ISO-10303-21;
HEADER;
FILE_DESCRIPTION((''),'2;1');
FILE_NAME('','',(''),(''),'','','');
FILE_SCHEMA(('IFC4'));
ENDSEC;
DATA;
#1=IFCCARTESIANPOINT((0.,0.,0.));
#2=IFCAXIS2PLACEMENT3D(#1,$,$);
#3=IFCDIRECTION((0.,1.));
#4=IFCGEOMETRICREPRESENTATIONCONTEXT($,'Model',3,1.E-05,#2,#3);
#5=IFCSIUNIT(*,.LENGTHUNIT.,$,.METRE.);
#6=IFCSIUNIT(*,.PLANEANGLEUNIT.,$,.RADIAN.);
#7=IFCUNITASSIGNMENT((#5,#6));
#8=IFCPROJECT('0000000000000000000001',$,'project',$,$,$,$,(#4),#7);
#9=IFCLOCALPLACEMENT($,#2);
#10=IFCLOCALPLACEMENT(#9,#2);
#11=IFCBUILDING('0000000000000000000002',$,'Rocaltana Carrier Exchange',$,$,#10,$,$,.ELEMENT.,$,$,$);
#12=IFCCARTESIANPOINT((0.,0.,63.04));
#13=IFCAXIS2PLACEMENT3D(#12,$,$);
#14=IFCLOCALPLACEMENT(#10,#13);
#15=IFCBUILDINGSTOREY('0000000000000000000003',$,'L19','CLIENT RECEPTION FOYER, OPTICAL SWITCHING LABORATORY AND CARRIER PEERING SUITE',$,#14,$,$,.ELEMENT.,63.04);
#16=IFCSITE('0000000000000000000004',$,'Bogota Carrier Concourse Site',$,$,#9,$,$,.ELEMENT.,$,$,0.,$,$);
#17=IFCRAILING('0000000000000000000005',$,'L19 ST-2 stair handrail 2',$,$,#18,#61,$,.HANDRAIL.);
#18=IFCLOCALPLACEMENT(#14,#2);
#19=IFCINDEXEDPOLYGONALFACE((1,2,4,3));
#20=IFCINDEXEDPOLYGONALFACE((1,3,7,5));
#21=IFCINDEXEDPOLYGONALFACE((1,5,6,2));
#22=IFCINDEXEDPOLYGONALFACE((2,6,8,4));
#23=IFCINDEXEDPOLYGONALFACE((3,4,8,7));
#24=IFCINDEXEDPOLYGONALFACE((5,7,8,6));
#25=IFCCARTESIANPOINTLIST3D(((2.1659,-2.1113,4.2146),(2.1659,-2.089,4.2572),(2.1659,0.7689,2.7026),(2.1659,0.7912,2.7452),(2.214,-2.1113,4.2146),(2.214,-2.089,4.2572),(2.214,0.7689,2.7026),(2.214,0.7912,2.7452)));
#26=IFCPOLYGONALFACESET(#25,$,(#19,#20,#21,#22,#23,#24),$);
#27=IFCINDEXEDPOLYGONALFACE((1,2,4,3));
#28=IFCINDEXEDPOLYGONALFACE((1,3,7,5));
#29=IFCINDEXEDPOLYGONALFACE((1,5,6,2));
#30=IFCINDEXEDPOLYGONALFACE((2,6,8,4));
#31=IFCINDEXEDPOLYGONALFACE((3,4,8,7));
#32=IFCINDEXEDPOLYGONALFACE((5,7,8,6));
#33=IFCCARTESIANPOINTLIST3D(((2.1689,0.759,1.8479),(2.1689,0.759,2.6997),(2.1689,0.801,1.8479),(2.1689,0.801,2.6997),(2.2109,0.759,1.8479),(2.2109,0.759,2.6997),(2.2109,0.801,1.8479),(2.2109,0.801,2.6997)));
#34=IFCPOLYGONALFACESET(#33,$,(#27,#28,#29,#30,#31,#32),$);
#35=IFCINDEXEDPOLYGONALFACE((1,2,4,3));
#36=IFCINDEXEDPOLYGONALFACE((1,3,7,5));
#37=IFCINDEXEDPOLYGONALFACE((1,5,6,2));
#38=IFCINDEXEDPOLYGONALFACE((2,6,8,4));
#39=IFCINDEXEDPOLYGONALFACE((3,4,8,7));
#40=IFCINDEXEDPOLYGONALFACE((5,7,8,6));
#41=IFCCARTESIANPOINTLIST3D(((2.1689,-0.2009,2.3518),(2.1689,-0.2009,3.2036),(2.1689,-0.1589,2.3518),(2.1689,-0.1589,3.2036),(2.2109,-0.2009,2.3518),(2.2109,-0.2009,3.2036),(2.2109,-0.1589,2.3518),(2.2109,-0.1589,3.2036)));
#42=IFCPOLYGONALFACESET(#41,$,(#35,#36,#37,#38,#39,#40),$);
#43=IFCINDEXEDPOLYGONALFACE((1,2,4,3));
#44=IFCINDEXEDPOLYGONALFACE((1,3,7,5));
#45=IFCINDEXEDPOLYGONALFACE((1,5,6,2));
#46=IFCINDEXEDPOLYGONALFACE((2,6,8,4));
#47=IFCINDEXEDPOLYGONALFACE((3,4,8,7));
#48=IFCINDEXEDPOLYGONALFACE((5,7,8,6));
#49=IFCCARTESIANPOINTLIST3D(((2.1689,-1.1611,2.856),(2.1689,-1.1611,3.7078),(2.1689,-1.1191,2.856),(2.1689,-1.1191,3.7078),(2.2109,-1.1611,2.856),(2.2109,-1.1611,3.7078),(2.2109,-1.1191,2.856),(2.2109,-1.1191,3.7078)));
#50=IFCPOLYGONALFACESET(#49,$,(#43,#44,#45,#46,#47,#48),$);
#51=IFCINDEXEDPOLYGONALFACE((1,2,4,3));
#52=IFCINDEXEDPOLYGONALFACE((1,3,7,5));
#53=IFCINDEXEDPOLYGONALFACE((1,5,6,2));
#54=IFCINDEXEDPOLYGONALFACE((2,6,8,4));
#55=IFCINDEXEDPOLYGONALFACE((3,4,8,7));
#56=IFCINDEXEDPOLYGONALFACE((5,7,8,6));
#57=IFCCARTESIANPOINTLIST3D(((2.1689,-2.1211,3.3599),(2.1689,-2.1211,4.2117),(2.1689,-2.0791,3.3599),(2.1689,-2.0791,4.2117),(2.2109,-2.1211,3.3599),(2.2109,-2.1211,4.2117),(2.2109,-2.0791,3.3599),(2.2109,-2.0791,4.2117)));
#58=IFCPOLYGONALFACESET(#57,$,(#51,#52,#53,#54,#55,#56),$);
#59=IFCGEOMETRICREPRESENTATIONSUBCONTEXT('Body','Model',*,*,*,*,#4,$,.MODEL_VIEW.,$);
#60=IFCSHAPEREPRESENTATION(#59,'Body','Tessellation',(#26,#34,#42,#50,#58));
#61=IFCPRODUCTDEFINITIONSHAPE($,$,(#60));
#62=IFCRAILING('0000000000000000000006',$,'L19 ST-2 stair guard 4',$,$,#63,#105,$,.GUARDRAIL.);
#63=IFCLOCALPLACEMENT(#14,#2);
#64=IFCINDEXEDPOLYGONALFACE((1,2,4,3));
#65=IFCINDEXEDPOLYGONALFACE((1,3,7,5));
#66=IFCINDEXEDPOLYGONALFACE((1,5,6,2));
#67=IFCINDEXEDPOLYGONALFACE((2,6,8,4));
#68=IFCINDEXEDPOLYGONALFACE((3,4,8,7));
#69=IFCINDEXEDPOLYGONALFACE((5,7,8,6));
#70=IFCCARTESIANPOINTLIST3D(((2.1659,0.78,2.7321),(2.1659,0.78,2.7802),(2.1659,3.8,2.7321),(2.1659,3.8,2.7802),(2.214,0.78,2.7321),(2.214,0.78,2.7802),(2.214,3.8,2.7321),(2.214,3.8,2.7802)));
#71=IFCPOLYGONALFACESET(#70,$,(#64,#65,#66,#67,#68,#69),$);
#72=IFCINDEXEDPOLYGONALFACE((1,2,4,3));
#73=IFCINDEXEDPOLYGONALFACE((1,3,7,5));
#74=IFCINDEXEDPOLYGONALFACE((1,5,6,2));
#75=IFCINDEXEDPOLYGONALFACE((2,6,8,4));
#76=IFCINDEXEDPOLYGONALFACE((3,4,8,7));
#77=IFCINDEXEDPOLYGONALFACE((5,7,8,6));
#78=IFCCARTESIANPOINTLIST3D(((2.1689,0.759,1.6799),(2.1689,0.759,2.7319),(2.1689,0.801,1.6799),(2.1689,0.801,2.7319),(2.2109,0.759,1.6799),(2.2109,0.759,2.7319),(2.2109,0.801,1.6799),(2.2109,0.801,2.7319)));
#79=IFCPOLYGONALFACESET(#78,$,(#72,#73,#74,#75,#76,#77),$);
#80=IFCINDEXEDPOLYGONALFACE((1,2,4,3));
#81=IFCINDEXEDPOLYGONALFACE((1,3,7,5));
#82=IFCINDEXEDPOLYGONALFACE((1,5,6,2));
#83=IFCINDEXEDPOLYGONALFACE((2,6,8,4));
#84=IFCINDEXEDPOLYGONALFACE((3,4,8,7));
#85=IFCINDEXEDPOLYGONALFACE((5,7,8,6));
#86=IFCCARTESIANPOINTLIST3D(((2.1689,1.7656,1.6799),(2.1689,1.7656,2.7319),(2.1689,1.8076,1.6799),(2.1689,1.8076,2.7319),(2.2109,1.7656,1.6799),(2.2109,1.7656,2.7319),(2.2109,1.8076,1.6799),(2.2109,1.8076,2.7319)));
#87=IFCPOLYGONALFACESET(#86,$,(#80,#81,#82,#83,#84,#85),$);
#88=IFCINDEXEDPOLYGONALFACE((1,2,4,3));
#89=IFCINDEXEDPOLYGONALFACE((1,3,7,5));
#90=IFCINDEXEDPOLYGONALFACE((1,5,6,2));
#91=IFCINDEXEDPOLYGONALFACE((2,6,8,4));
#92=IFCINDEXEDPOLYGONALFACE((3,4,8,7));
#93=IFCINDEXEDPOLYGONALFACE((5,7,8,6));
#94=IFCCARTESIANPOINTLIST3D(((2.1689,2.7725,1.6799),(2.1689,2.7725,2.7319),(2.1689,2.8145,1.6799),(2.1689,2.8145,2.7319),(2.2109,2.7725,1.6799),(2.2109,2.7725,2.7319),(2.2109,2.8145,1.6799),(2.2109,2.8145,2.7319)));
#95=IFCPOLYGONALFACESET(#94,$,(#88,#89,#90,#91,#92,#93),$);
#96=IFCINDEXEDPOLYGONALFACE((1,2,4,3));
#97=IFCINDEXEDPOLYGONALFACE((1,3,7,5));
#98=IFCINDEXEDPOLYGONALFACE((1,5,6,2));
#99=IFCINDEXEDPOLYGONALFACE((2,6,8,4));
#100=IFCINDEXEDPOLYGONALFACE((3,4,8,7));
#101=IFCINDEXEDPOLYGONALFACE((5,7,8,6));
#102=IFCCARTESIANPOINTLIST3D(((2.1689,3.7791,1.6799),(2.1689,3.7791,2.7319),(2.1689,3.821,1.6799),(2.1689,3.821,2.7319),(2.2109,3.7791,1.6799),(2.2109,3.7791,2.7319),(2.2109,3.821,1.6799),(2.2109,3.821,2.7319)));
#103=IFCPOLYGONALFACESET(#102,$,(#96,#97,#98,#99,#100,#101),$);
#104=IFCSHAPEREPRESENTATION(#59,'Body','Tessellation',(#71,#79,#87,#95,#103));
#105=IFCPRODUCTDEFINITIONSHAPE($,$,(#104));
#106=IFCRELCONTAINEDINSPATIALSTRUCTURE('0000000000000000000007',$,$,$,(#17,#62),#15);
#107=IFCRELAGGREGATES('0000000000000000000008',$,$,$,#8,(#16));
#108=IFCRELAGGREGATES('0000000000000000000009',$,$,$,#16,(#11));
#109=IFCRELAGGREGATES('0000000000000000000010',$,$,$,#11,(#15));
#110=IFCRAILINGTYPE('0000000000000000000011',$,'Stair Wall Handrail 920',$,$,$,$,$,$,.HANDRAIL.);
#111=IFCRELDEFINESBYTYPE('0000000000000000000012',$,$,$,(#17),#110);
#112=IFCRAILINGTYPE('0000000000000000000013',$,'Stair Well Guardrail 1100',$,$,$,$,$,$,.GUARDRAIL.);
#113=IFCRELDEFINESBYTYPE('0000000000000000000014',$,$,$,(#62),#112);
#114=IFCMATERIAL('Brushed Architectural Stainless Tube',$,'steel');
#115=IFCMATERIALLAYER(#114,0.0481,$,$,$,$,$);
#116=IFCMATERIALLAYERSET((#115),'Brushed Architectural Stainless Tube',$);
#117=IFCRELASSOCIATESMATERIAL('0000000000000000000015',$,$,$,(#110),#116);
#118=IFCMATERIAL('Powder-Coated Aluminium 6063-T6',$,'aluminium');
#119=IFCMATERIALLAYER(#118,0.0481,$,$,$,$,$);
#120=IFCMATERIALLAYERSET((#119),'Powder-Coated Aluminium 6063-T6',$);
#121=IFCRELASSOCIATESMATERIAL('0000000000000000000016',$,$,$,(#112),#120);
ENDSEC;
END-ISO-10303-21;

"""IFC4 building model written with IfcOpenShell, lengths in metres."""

from ifc_helpers import new_model, si_unit, direction, frame, origin, origin_2d, place, context, subcontext, project, spatial, rectangle, extrude, material, layer, layer_set, type_object, element, save


model = new_model("IFC4")

# Units and contexts
model_context = context("Model", 3, precision=1e-05, world=origin(), true_north=direction((0.0, 1.0)))
body_context = subcontext(model_context, "Body", "Model", "MODEL_VIEW")
ifc_project = project(units=[si_unit("LENGTHUNIT", "METRE"), si_unit("PLANEANGLEUNIT", "RADIAN")], contexts=[model_context])

# Site, building, storey
site_placement = place(None, origin())
site = spatial("IfcSite", under=ifc_project, at=site_placement, Name="Bogota Carrier Concourse Site", CompositionType="ELEMENT", RefElevation=0.0)
building_placement = place(site_placement, origin())
building = spatial("IfcBuilding", under=site, at=building_placement, Name="Rocaltana Carrier Exchange", CompositionType="ELEMENT")
storey_placement = place(building_placement, frame((0.0, 0.0, 63.04)))
storey = spatial("IfcBuildingStorey", under=building, at=storey_placement, Name="L19", Description="CLIENT RECEPTION FOYER, OPTICAL SWITCHING LABORATORY AND CARRIER PEERING SUITE", CompositionType="ELEMENT", Elevation=63.04)

# Railings
ifc_material_1 = material(Name="Brushed Architectural Stainless Tube", Category="steel")
ifc_layer_1 = layer(ifc_material_1, 0.0481)
ifc_layer_set_1 = layer_set([ifc_layer_1], Name="Brushed Architectural Stainless Tube")
railing_type_1 = type_object("IfcRailingType", Name="Stair Wall Handrail 920", PredefinedType="HANDRAIL", material=ifc_layer_set_1)
railing_1_placement = place(storey_placement, frame((2.1899, 0.78, 1.8479)))
element("IfcRailing", 1, at=railing_1_placement, inside=storey, type_object=railing_type_1, Name="L19 ST-2 stair handrail 2", PredefinedType="HANDRAIL", context=body_context, shape_type="SweptSolid", body=[
    extrude(rectangle(XDim=0.0481, YDim=0.0481, at=origin_2d()), frame((0.0, 0.0, 0.876), z_axis=(0.0, -0.885411, 0.464809), x_axis=(1.0, 0.0, 0.0)), (0.0, 0.0, 1.0), 3.2529),
    extrude(rectangle(XDim=0.042, YDim=0.042, at=origin_2d()), origin(), (0.0, 0.0, 1.0), 0.8518),
    extrude(rectangle(XDim=0.042, YDim=0.042, at=origin_2d()), frame((0.0, -0.96, 0.5039)), (0.0, 0.0, 1.0), 0.8518),
    extrude(rectangle(XDim=0.042, YDim=0.042, at=origin_2d()), frame((0.0, -1.9202, 1.0081)), (0.0, 0.0, 1.0), 0.8518),
    extrude(rectangle(XDim=0.042, YDim=0.042, at=origin_2d()), frame((0.0, -2.8801, 1.512)), (0.0, 0.0, 1.0), 0.8518),
])
ifc_material_2 = material(Name="Powder-Coated Aluminium 6063-T6", Category="aluminium")
ifc_layer_2 = layer(ifc_material_2, 0.0481)
ifc_layer_set_2 = layer_set([ifc_layer_2], Name="Powder-Coated Aluminium 6063-T6")
railing_type_2 = type_object("IfcRailingType", Name="Stair Well Guardrail 1100", PredefinedType="GUARDRAIL", material=ifc_layer_set_2)
railing_2_placement = place(storey_placement, frame((2.1899, 0.78, 1.6799)))
element("IfcRailing", 2, at=railing_2_placement, inside=storey, type_object=railing_type_2, Name="L19 ST-2 stair guard 4", PredefinedType="GUARDRAIL", context=body_context, shape_type="SweptSolid", body=[
    extrude(rectangle(XDim=0.0481, YDim=0.0481, at=origin_2d()), frame((0.0, 0.0, 1.0762), z_axis=(0.0, 1.0, 0.0), x_axis=(-1.0, 0.0, 0.0)), (0.0, 0.0, 1.0), 3.02),
    extrude(rectangle(XDim=0.042, YDim=0.042, at=origin_2d()), origin(), (0.0, 0.0, 1.0), 1.052),
    extrude(rectangle(XDim=0.042, YDim=0.042, at=origin_2d()), frame((0.0, 1.0066, 0.0)), (0.0, 0.0, 1.0), 1.052),
    extrude(rectangle(XDim=0.042, YDim=0.042, at=origin_2d()), frame((0.0, 2.0134, 0.0)), (0.0, 0.0, 1.0), 1.052),
    extrude(rectangle(XDim=0.042, YDim=0.042, at=origin_2d()), frame((0.0, 3.02, 0.0)), (0.0, 0.0, 1.0), 1.052),
])

save(model, "model.ifc")
